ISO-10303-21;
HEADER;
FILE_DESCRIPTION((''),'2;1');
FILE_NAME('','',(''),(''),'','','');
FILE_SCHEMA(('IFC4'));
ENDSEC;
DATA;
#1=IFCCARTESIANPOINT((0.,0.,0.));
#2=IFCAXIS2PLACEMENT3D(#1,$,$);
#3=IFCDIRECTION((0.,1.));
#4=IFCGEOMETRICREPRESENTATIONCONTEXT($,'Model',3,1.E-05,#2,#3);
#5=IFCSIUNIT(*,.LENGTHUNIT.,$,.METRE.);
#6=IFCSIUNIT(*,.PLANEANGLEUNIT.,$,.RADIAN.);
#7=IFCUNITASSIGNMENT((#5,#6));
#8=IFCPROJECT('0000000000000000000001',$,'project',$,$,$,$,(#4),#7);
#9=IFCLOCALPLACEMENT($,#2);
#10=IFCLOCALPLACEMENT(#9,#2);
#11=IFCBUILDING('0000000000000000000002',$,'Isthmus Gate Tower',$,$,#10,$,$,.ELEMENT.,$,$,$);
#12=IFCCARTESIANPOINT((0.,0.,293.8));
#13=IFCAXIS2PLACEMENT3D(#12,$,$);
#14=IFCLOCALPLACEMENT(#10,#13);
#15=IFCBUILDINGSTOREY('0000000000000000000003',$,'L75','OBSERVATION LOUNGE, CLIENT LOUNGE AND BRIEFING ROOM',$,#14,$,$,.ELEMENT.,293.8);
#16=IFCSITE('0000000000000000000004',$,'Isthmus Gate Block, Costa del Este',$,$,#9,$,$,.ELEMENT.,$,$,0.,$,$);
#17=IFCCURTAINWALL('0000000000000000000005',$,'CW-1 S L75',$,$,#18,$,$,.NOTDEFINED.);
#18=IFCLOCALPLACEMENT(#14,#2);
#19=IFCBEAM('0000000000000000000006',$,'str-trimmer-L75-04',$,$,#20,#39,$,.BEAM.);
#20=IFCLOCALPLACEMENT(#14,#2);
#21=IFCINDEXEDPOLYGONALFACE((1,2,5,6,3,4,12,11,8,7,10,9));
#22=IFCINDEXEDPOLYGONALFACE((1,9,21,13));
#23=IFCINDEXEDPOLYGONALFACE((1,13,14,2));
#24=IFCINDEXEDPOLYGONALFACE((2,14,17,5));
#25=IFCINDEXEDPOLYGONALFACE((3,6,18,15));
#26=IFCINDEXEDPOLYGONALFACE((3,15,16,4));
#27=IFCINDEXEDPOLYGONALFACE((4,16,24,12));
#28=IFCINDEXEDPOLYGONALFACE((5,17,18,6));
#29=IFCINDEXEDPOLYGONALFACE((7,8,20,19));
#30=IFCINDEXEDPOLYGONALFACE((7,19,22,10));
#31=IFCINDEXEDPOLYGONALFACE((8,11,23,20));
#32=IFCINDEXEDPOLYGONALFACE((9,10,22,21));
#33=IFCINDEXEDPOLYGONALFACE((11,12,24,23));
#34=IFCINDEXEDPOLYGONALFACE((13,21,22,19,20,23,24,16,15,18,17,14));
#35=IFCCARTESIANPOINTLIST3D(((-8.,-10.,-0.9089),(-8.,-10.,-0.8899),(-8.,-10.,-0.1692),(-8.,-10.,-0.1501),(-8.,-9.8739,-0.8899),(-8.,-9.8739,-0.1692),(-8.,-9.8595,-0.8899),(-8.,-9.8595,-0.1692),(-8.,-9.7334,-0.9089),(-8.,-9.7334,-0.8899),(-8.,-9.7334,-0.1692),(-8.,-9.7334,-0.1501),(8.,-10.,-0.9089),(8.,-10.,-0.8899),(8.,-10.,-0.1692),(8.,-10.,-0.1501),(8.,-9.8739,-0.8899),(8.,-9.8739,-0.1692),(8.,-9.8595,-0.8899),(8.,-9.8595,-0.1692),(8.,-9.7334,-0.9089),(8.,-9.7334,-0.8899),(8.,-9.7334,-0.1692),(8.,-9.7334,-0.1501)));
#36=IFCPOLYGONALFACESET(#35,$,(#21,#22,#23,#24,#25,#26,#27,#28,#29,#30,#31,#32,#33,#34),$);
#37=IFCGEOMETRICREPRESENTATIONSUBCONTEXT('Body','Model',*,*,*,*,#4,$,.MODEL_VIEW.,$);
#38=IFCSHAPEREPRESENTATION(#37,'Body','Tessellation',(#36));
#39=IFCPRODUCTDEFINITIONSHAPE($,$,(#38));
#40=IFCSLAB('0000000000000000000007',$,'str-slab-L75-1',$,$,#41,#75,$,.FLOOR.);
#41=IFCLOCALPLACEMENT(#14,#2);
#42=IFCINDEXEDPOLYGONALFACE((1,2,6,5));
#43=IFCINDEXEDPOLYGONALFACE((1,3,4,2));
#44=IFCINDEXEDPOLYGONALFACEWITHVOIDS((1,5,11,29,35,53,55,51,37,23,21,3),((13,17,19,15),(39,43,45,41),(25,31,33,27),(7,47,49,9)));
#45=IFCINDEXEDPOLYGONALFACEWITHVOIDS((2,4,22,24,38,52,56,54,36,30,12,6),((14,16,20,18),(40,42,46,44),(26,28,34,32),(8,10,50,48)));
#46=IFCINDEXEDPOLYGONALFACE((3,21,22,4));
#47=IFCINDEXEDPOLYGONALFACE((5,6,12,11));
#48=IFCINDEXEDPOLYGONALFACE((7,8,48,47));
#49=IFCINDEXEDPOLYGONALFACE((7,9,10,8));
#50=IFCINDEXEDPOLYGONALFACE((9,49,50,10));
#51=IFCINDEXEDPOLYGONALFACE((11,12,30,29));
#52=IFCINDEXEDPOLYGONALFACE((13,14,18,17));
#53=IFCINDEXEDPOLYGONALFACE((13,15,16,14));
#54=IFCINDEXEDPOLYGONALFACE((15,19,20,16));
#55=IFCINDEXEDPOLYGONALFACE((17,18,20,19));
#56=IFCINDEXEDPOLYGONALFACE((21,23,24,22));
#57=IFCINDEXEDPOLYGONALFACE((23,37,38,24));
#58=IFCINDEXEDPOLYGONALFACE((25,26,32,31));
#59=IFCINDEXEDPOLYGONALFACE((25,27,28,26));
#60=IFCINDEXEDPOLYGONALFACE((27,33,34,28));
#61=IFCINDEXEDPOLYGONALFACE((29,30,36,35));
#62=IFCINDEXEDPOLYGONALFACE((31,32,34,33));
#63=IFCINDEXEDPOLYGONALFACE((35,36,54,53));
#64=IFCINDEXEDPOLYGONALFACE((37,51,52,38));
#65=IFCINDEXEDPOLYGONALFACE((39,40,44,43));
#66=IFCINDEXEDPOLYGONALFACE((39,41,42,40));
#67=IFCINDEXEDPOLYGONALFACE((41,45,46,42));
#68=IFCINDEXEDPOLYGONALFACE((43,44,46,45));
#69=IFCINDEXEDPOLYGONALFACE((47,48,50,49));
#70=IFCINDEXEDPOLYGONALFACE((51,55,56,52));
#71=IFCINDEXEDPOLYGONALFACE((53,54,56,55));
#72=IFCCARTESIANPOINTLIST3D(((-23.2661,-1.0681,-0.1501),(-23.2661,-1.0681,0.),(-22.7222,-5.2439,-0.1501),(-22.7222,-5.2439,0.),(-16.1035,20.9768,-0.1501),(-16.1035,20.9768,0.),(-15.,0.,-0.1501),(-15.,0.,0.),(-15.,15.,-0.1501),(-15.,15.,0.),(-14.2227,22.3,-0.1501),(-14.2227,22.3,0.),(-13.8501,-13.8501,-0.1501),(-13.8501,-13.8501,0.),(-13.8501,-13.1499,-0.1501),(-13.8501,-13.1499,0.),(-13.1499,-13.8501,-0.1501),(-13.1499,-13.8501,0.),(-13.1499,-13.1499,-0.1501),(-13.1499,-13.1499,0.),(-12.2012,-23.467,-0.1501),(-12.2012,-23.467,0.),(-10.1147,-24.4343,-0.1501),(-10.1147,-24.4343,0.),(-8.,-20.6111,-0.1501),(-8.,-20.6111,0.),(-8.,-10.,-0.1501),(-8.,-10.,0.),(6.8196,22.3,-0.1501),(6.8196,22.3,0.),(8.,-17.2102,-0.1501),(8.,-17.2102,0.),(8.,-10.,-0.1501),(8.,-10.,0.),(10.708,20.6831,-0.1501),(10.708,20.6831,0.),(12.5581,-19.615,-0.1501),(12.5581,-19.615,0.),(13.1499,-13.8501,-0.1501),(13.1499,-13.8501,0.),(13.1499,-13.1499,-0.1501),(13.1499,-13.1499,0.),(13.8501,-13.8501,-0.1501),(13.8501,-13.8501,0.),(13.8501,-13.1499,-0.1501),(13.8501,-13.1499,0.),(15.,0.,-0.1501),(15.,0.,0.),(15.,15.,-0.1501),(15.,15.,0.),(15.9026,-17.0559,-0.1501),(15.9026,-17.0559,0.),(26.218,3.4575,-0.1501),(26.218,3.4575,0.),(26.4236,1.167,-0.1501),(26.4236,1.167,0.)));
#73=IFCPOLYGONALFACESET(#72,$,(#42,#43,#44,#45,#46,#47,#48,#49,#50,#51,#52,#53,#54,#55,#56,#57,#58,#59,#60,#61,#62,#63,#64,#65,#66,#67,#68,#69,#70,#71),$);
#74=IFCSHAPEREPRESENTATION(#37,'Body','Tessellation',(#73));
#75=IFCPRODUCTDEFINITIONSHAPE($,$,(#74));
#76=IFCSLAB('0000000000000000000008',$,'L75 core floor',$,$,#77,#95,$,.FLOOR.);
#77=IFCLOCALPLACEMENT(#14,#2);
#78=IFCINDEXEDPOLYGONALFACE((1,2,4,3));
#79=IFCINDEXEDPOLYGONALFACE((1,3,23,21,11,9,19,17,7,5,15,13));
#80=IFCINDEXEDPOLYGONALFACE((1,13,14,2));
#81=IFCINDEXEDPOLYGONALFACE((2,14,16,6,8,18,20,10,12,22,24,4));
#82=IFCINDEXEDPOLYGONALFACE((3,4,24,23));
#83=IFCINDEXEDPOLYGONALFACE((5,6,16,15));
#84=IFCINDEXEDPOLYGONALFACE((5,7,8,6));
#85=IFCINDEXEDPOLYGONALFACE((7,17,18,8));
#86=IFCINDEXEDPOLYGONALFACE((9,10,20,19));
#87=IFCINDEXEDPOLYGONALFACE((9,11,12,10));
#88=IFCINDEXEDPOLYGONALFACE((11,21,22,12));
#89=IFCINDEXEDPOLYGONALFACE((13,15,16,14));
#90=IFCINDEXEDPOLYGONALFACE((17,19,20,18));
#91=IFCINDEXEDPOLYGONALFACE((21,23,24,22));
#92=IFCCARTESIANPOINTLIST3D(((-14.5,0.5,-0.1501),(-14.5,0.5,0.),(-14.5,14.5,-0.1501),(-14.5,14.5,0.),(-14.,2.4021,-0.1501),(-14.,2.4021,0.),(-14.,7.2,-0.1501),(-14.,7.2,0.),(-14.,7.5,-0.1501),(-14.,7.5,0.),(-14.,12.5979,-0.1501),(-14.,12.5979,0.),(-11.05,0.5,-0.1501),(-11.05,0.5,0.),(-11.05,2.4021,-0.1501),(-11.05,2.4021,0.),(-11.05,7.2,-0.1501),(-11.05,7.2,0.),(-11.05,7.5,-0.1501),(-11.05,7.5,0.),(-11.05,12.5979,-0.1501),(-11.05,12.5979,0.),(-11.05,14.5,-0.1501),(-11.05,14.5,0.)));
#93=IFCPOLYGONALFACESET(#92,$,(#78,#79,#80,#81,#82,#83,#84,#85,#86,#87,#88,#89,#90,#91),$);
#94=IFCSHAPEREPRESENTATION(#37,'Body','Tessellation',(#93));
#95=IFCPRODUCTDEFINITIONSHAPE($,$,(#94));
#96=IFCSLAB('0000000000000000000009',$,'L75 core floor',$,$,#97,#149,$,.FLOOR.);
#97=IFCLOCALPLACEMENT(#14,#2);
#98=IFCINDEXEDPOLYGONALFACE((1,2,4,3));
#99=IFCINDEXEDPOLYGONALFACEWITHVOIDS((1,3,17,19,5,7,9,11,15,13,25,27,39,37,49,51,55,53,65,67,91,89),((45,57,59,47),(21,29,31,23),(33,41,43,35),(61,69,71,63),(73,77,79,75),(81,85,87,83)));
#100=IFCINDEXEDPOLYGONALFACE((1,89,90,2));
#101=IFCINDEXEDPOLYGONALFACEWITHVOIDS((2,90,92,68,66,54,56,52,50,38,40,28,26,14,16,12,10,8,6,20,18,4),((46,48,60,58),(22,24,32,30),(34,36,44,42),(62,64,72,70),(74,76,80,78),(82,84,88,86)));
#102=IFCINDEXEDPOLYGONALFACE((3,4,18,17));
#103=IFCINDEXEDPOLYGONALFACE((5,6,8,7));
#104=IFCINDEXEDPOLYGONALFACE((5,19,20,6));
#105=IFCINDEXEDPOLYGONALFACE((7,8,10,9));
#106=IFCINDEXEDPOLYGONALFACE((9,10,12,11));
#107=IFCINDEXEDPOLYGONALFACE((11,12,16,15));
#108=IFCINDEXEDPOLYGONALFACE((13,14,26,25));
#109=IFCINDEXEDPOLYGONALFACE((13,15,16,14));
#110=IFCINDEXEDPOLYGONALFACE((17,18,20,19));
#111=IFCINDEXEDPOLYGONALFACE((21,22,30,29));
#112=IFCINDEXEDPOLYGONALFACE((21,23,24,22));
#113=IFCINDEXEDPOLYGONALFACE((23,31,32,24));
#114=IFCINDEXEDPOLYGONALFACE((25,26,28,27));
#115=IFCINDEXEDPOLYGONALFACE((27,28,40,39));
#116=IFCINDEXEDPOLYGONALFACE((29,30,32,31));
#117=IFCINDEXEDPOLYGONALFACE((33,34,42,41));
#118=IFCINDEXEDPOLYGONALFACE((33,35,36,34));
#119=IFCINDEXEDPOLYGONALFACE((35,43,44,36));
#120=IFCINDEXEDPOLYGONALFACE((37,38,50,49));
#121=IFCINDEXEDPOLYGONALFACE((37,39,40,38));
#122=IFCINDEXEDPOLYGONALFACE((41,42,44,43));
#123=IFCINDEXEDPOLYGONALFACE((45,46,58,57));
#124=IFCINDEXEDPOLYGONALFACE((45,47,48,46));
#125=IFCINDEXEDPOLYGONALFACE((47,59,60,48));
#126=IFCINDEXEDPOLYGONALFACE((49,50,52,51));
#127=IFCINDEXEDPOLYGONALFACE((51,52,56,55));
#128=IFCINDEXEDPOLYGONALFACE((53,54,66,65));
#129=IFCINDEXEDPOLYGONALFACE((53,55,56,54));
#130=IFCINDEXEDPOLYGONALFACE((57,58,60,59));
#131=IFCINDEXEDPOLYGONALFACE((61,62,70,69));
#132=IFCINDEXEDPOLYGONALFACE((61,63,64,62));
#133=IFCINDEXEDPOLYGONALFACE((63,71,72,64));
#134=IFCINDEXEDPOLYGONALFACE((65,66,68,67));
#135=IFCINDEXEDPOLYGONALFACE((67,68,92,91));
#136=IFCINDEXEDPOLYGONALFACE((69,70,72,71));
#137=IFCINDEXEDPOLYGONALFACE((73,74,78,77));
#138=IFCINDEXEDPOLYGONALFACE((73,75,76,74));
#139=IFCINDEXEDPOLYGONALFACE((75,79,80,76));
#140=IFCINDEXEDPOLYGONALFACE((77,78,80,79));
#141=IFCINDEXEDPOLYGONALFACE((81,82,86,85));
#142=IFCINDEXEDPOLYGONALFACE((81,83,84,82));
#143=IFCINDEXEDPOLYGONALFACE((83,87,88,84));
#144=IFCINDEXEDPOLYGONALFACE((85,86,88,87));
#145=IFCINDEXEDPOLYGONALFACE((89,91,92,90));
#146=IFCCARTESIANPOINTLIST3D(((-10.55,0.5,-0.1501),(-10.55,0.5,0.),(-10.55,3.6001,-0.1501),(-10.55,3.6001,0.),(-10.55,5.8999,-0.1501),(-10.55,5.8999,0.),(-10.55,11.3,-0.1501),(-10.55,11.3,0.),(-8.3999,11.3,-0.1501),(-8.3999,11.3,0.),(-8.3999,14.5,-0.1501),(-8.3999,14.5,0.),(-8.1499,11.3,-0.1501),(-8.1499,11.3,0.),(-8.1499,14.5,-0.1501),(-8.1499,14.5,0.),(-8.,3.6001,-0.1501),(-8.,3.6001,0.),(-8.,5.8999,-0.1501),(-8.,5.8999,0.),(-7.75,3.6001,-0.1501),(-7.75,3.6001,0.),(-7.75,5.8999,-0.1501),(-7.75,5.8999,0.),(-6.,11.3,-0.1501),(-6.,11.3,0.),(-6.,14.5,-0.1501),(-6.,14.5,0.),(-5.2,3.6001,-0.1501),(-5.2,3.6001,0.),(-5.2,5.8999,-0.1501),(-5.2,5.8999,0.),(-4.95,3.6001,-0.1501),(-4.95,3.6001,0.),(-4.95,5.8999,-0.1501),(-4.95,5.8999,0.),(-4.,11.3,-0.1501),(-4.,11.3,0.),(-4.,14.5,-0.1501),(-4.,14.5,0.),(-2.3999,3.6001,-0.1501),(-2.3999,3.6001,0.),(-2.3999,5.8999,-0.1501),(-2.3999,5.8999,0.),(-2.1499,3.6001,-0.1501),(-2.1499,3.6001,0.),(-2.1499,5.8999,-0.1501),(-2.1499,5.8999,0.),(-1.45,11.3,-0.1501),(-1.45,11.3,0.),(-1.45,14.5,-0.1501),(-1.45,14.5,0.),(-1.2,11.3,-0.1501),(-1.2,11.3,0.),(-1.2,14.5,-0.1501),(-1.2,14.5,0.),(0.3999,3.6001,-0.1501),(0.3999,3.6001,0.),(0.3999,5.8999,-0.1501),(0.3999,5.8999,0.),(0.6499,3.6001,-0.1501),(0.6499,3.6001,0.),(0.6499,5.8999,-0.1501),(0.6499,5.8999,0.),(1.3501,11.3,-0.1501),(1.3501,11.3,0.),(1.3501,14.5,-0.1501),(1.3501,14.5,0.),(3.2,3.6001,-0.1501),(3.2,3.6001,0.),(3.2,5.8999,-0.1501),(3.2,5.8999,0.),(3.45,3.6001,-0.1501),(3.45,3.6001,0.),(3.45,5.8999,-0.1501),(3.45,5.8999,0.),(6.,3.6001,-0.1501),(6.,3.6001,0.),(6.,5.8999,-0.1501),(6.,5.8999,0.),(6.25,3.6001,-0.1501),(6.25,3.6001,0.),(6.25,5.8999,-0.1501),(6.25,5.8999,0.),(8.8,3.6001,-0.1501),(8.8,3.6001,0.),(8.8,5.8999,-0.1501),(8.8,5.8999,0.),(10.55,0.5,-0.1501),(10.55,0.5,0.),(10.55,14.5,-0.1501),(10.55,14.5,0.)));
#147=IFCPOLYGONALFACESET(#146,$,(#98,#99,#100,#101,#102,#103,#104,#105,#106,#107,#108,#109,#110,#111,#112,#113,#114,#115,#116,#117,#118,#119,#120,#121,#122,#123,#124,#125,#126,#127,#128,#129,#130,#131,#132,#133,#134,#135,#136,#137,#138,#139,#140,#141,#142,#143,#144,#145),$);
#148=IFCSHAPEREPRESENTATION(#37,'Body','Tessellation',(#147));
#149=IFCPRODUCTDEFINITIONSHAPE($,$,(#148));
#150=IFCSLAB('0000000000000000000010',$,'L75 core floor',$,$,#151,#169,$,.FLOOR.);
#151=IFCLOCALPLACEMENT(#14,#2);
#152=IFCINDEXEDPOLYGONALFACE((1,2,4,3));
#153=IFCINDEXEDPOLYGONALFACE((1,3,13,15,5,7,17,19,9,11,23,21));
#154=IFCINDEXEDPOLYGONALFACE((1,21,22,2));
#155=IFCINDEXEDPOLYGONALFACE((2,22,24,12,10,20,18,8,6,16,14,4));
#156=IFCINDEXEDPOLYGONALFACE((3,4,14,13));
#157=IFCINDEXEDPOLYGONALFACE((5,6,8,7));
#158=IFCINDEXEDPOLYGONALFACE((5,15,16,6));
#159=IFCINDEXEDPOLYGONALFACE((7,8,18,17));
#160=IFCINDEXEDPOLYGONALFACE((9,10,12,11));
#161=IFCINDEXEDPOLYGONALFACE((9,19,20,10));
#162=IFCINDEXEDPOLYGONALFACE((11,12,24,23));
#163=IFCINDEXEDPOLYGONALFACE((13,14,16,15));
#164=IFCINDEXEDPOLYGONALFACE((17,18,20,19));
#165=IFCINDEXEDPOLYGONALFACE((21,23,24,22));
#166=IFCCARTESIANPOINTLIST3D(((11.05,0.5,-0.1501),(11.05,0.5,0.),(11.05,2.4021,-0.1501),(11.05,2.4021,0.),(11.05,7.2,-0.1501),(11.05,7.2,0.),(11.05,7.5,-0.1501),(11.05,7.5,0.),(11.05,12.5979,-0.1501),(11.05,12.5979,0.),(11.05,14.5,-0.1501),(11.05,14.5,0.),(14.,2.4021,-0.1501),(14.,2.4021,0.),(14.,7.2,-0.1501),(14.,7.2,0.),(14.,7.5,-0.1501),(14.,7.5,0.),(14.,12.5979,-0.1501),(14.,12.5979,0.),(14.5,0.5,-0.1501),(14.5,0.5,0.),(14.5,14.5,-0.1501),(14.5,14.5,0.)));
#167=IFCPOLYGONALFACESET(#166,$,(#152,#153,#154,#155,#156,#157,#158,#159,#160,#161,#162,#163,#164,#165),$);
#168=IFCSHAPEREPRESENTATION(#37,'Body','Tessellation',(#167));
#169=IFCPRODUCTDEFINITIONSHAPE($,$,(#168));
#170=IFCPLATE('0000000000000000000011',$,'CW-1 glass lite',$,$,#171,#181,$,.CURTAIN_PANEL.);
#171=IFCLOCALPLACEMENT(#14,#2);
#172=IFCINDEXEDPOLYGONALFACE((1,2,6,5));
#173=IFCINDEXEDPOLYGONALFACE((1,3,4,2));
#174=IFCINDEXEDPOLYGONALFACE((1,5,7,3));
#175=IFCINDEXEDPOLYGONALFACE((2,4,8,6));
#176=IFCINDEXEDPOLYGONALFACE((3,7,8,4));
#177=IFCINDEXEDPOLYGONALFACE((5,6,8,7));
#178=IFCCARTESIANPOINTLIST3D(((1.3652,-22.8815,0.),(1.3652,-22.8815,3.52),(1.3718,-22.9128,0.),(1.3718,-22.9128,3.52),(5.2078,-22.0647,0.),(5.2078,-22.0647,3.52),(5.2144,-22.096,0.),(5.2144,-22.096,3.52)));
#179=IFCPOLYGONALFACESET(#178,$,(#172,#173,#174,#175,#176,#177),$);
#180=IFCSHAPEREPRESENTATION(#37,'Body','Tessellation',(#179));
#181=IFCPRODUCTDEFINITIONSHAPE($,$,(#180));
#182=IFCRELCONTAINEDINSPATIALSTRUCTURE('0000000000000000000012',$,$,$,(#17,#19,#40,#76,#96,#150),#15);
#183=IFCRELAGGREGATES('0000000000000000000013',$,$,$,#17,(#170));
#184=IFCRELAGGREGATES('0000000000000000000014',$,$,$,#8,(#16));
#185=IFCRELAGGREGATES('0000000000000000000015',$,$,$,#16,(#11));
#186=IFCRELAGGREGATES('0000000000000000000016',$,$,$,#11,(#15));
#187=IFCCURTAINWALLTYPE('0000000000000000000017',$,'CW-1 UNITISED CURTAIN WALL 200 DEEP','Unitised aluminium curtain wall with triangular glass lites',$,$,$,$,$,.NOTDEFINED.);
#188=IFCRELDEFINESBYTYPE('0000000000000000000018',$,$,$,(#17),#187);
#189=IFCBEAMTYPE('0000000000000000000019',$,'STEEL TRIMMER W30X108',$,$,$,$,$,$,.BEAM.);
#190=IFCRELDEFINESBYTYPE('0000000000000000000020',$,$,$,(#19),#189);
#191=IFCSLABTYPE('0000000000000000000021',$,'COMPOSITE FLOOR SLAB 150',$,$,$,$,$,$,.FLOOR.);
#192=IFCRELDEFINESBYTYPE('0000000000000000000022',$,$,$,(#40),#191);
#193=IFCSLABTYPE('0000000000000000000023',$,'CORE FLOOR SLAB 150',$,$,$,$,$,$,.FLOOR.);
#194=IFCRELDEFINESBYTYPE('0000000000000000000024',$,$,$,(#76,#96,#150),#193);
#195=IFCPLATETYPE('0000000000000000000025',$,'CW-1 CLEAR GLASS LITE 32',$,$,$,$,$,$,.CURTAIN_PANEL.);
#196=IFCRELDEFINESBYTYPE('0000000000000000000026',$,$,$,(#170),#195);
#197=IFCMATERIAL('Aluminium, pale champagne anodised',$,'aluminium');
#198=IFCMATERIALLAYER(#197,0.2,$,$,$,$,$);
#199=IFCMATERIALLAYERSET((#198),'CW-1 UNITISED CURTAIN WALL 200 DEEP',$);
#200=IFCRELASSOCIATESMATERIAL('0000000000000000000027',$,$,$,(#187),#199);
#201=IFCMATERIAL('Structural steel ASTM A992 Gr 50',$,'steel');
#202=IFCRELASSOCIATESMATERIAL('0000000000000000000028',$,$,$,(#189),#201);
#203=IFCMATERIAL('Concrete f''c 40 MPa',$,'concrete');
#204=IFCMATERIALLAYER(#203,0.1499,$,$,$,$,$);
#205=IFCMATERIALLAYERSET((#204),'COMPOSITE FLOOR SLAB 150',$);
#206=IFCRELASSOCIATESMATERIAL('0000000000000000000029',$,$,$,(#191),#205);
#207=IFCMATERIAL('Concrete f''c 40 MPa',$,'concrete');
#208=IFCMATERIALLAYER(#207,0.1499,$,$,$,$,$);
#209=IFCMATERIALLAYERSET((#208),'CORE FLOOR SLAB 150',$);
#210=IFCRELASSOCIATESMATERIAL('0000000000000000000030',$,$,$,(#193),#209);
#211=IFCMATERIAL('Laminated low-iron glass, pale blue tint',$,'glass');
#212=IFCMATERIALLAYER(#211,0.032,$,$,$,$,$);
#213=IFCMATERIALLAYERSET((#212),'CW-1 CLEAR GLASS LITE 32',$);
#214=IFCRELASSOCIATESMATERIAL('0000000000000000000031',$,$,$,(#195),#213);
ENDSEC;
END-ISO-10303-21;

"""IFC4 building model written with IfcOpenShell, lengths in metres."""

from ifc_helpers import new_model, si_unit, direction, frame, origin, origin_2d, place, context, subcontext, project, spatial, polyline, rectangle, i_section, outline, extrude, material, layer, layer_set, material_profile, profile_set, type_object, element, aggregate, save


model = new_model("IFC4")

# Units and contexts
model_context = context("Model", 3, precision=1e-05, world=origin(), true_north=direction((0.0, 1.0)))
body_context = subcontext(model_context, "Body", "Model", "MODEL_VIEW")
ifc_project = project(units=[si_unit("LENGTHUNIT", "METRE"), si_unit("PLANEANGLEUNIT", "RADIAN")], contexts=[model_context])

# Site, building, storey
site_placement = place(None, origin())
site = spatial("IfcSite", under=ifc_project, at=site_placement, Name="Isthmus Gate Block, Costa del Este", CompositionType="ELEMENT", RefElevation=0.0)
building_placement = place(site_placement, origin())
building = spatial("IfcBuilding", under=site, at=building_placement, Name="Isthmus Gate Tower", CompositionType="ELEMENT")
storey_placement = place(building_placement, frame((0.0, 0.0, 293.8)))
storey = spatial("IfcBuildingStorey", under=building, at=storey_placement, Name="L75", Description="OBSERVATION LOUNGE, CLIENT LOUNGE AND BRIEFING ROOM", CompositionType="ELEMENT", Elevation=293.8)

# Curtain wall
ifc_material_1 = material(Name="Aluminium, pale champagne anodised", Category="aluminium")
ifc_layer_1 = layer(ifc_material_1, 0.2)
ifc_layer_set_1 = layer_set([ifc_layer_1], Name="CW-1 UNITISED CURTAIN WALL 200 DEEP")
curtain_wall_type = type_object("IfcCurtainWallType", Name="CW-1 UNITISED CURTAIN WALL 200 DEEP", Description="Unitised aluminium curtain wall with triangular glass lites", PredefinedType="NOTDEFINED", material=ifc_layer_set_1)
curtain_wall_placement = place(storey_placement, origin())
curtain_wall = element("IfcCurtainWall", 1, at=curtain_wall_placement, inside=storey, type_object=curtain_wall_type, Name="CW-1 S L75", PredefinedType="NOTDEFINED")

# Beam
ifc_material_2 = material(Name="Structural steel ASTM A992 Gr 50", Category="steel")
ifc_material_profile_1 = material_profile(ifc_material_2, i_section(OverallWidth=0.2666, OverallDepth=0.7588, WebThickness=0.0144, FlangeThickness=0.019, at=origin_2d()), Name="W30X108")
ifc_profile_set_1 = profile_set([ifc_material_profile_1], Name="Structural steel ASTM A992 Gr 50")
beam_type_1 = type_object("IfcBeamType", Name="STEEL TRIMMER W30X108", PredefinedType="BEAM", material=ifc_profile_set_1)
beam_1_placement = place(storey_placement, frame((8.0, -9.8667, -0.5295), z_axis=(-1.0, 0.0, 0.0), x_axis=(0.0, -1.0, 0.0)))
element("IfcBeam", 2, at=beam_1_placement, inside=storey, type_object=beam_type_1, Name="str-trimmer-L75-04", PredefinedType="BEAM", context=body_context, shape_type="SweptSolid", body=[
    extrude(i_section(OverallWidth=0.2666, OverallDepth=0.7588, WebThickness=0.0144, FlangeThickness=0.019, at=origin_2d()), origin(), (0.0, 0.0, 1.0), 16.0),
])

# Slabs
ifc_material_3 = material(Name="Concrete f'c 40 MPa", Category="concrete")
ifc_layer_2 = layer(ifc_material_3, 0.1499)
ifc_layer_set_2 = layer_set([ifc_layer_2], Name="COMPOSITE FLOOR SLAB 150")
slab_type_1 = type_object("IfcSlabType", Name="COMPOSITE FLOOR SLAB 150", PredefinedType="FLOOR", material=ifc_layer_set_2)
slab_1_placement = place(storey_placement, frame((0.0, 0.0, -0.1501)))
element("IfcSlab", 3, at=slab_1_placement, inside=storey, type_object=slab_type_1, Name="str-slab-L75-1", PredefinedType="FLOOR", context=body_context, shape_type="SweptSolid", body=[
    extrude(outline(polyline([(10.708, 20.6831), (26.218, 3.4575), (26.4236, 1.167), (15.9026, -17.0559), (12.5581, -19.615), (-10.1147, -24.4343), (-12.2012, -23.467), (-22.7222, -5.2439), (-23.2661, -1.0681), (-16.1035, 20.9768), (-14.2227, 22.3), (6.8196, 22.3), (10.708, 20.6831)]), holes=[polyline([(-8.0, -10.0), (-8.0, -20.6111), (8.0, -17.2102), (8.0, -10.0), (-8.0, -10.0)]), polyline([(-13.8501, -13.1499), (-13.8501, -13.8501), (-13.1499, -13.8501), (-13.1499, -13.1499), (-13.8501, -13.1499)]), polyline([(13.1499, -13.1499), (13.1499, -13.8501), (13.8501, -13.8501), (13.8501, -13.1499), (13.1499, -13.1499)]), polyline([(-15.0, 0.0), (15.0, 0.0), (15.0, 15.0), (-15.0, 15.0), (-15.0, 0.0)])]), origin(), (0.0, 0.0, 1.0), 0.1501),
])
ifc_material_4 = material(Name="Concrete f'c 40 MPa", Category="concrete")
ifc_layer_3 = layer(ifc_material_4, 0.1499)
ifc_layer_set_3 = layer_set([ifc_layer_3], Name="CORE FLOOR SLAB 150")
slab_type_2 = type_object("IfcSlabType", Name="CORE FLOOR SLAB 150", PredefinedType="FLOOR", material=ifc_layer_set_3)
slab_2_placement = place(storey_placement, frame((0.0, 0.0, -0.1501)))
element("IfcSlab", 4, at=slab_2_placement, inside=storey, type_object=slab_type_2, Name="L75 core floor", PredefinedType="FLOOR", context=body_context, shape_type="SweptSolid", body=[
    extrude(outline(polyline([(-11.05, 0.5), (-11.05, 2.4021), (-14.0, 2.4021), (-14.0, 7.2), (-11.05, 7.2), (-11.05, 7.5), (-14.0, 7.5), (-14.0, 12.5979), (-11.05, 12.5979), (-11.05, 14.5), (-14.5, 14.5), (-14.5, 0.5), (-11.05, 0.5)])), origin(), (0.0, 0.0, 1.0), 0.1501),
])
slab_3_placement = place(storey_placement, frame((0.0, 0.0, -0.1501)))
element("IfcSlab", 5, at=slab_3_placement, inside=storey, type_object=slab_type_2, Name="L75 core floor", PredefinedType="FLOOR", context=body_context, shape_type="SweptSolid", body=[
    extrude(outline(polyline([(10.55, 14.5), (1.3501, 14.5), (1.3501, 11.3), (-1.2, 11.3), (-1.2, 14.5), (-1.45, 14.5), (-1.45, 11.3), (-4.0, 11.3), (-4.0, 14.5), (-6.0, 14.5), (-6.0, 11.3), (-8.1499, 11.3), (-8.1499, 14.5), (-8.3999, 14.5), (-8.3999, 11.3), (-10.55, 11.3), (-10.55, 5.8999), (-8.0, 5.8999), (-8.0, 3.6001), (-10.55, 3.6001), (-10.55, 0.5), (10.55, 0.5), (10.55, 14.5)]), holes=[polyline([(-5.2, 5.8999), (-5.2, 3.6001), (-7.75, 3.6001), (-7.75, 5.8999), (-5.2, 5.8999)]), polyline([(-2.3999, 5.8999), (-2.3999, 3.6001), (-4.95, 3.6001), (-4.95, 5.8999), (-2.3999, 5.8999)]), polyline([(0.3999, 5.8999), (0.3999, 3.6001), (-2.1499, 3.6001), (-2.1499, 5.8999), (0.3999, 5.8999)]), polyline([(3.2, 5.8999), (3.2, 3.6001), (0.6499, 3.6001), (0.6499, 5.8999), (3.2, 5.8999)]), polyline([(6.0, 5.8999), (6.0, 3.6001), (3.45, 3.6001), (3.45, 5.8999), (6.0, 5.8999)]), polyline([(8.8, 5.8999), (8.8, 3.6001), (6.25, 3.6001), (6.25, 5.8999), (8.8, 5.8999)])]), origin(), (0.0, 0.0, 1.0), 0.1501),
])
slab_4_placement = place(storey_placement, frame((0.0, 0.0, -0.1501)))
element("IfcSlab", 6, at=slab_4_placement, inside=storey, type_object=slab_type_2, Name="L75 core floor", PredefinedType="FLOOR", context=body_context, shape_type="SweptSolid", body=[
    extrude(outline(polyline([(11.05, 14.5), (11.05, 12.5979), (14.0, 12.5979), (14.0, 7.5), (11.05, 7.5), (11.05, 7.2), (14.0, 7.2), (14.0, 2.4021), (11.05, 2.4021), (11.05, 0.5), (14.5, 0.5), (14.5, 14.5), (11.05, 14.5)])), origin(), (0.0, 0.0, 1.0), 0.1501),
])

# Plate
ifc_material_5 = material(Name="Laminated low-iron glass, pale blue tint", Category="glass")
ifc_layer_4 = layer(ifc_material_5, 0.032)
ifc_layer_set_4 = layer_set([ifc_layer_4], Name="CW-1 CLEAR GLASS LITE 32")
plate_type = type_object("IfcPlateType", Name="CW-1 CLEAR GLASS LITE 32", PredefinedType="CURTAIN_PANEL", material=ifc_layer_set_4)
plate_placement = place(storey_placement, frame((3.2898, -22.4888, 0.0), z_axis=(0.0, 0.0, 1.0), x_axis=(0.978148, 0.207912, 0.0)))
plate = element("IfcPlate", 7, at=plate_placement, type_object=plate_type, Name="CW-1 glass lite", PredefinedType="CURTAIN_PANEL", context=body_context, shape_type="SweptSolid", body=[
    extrude(rectangle(XDim=3.9285, YDim=0.032, at=origin_2d()), origin(), (0.0, 0.0, 1.0), 3.52),
])

aggregate(curtain_wall, [plate])

save(model, "model.ifc")
